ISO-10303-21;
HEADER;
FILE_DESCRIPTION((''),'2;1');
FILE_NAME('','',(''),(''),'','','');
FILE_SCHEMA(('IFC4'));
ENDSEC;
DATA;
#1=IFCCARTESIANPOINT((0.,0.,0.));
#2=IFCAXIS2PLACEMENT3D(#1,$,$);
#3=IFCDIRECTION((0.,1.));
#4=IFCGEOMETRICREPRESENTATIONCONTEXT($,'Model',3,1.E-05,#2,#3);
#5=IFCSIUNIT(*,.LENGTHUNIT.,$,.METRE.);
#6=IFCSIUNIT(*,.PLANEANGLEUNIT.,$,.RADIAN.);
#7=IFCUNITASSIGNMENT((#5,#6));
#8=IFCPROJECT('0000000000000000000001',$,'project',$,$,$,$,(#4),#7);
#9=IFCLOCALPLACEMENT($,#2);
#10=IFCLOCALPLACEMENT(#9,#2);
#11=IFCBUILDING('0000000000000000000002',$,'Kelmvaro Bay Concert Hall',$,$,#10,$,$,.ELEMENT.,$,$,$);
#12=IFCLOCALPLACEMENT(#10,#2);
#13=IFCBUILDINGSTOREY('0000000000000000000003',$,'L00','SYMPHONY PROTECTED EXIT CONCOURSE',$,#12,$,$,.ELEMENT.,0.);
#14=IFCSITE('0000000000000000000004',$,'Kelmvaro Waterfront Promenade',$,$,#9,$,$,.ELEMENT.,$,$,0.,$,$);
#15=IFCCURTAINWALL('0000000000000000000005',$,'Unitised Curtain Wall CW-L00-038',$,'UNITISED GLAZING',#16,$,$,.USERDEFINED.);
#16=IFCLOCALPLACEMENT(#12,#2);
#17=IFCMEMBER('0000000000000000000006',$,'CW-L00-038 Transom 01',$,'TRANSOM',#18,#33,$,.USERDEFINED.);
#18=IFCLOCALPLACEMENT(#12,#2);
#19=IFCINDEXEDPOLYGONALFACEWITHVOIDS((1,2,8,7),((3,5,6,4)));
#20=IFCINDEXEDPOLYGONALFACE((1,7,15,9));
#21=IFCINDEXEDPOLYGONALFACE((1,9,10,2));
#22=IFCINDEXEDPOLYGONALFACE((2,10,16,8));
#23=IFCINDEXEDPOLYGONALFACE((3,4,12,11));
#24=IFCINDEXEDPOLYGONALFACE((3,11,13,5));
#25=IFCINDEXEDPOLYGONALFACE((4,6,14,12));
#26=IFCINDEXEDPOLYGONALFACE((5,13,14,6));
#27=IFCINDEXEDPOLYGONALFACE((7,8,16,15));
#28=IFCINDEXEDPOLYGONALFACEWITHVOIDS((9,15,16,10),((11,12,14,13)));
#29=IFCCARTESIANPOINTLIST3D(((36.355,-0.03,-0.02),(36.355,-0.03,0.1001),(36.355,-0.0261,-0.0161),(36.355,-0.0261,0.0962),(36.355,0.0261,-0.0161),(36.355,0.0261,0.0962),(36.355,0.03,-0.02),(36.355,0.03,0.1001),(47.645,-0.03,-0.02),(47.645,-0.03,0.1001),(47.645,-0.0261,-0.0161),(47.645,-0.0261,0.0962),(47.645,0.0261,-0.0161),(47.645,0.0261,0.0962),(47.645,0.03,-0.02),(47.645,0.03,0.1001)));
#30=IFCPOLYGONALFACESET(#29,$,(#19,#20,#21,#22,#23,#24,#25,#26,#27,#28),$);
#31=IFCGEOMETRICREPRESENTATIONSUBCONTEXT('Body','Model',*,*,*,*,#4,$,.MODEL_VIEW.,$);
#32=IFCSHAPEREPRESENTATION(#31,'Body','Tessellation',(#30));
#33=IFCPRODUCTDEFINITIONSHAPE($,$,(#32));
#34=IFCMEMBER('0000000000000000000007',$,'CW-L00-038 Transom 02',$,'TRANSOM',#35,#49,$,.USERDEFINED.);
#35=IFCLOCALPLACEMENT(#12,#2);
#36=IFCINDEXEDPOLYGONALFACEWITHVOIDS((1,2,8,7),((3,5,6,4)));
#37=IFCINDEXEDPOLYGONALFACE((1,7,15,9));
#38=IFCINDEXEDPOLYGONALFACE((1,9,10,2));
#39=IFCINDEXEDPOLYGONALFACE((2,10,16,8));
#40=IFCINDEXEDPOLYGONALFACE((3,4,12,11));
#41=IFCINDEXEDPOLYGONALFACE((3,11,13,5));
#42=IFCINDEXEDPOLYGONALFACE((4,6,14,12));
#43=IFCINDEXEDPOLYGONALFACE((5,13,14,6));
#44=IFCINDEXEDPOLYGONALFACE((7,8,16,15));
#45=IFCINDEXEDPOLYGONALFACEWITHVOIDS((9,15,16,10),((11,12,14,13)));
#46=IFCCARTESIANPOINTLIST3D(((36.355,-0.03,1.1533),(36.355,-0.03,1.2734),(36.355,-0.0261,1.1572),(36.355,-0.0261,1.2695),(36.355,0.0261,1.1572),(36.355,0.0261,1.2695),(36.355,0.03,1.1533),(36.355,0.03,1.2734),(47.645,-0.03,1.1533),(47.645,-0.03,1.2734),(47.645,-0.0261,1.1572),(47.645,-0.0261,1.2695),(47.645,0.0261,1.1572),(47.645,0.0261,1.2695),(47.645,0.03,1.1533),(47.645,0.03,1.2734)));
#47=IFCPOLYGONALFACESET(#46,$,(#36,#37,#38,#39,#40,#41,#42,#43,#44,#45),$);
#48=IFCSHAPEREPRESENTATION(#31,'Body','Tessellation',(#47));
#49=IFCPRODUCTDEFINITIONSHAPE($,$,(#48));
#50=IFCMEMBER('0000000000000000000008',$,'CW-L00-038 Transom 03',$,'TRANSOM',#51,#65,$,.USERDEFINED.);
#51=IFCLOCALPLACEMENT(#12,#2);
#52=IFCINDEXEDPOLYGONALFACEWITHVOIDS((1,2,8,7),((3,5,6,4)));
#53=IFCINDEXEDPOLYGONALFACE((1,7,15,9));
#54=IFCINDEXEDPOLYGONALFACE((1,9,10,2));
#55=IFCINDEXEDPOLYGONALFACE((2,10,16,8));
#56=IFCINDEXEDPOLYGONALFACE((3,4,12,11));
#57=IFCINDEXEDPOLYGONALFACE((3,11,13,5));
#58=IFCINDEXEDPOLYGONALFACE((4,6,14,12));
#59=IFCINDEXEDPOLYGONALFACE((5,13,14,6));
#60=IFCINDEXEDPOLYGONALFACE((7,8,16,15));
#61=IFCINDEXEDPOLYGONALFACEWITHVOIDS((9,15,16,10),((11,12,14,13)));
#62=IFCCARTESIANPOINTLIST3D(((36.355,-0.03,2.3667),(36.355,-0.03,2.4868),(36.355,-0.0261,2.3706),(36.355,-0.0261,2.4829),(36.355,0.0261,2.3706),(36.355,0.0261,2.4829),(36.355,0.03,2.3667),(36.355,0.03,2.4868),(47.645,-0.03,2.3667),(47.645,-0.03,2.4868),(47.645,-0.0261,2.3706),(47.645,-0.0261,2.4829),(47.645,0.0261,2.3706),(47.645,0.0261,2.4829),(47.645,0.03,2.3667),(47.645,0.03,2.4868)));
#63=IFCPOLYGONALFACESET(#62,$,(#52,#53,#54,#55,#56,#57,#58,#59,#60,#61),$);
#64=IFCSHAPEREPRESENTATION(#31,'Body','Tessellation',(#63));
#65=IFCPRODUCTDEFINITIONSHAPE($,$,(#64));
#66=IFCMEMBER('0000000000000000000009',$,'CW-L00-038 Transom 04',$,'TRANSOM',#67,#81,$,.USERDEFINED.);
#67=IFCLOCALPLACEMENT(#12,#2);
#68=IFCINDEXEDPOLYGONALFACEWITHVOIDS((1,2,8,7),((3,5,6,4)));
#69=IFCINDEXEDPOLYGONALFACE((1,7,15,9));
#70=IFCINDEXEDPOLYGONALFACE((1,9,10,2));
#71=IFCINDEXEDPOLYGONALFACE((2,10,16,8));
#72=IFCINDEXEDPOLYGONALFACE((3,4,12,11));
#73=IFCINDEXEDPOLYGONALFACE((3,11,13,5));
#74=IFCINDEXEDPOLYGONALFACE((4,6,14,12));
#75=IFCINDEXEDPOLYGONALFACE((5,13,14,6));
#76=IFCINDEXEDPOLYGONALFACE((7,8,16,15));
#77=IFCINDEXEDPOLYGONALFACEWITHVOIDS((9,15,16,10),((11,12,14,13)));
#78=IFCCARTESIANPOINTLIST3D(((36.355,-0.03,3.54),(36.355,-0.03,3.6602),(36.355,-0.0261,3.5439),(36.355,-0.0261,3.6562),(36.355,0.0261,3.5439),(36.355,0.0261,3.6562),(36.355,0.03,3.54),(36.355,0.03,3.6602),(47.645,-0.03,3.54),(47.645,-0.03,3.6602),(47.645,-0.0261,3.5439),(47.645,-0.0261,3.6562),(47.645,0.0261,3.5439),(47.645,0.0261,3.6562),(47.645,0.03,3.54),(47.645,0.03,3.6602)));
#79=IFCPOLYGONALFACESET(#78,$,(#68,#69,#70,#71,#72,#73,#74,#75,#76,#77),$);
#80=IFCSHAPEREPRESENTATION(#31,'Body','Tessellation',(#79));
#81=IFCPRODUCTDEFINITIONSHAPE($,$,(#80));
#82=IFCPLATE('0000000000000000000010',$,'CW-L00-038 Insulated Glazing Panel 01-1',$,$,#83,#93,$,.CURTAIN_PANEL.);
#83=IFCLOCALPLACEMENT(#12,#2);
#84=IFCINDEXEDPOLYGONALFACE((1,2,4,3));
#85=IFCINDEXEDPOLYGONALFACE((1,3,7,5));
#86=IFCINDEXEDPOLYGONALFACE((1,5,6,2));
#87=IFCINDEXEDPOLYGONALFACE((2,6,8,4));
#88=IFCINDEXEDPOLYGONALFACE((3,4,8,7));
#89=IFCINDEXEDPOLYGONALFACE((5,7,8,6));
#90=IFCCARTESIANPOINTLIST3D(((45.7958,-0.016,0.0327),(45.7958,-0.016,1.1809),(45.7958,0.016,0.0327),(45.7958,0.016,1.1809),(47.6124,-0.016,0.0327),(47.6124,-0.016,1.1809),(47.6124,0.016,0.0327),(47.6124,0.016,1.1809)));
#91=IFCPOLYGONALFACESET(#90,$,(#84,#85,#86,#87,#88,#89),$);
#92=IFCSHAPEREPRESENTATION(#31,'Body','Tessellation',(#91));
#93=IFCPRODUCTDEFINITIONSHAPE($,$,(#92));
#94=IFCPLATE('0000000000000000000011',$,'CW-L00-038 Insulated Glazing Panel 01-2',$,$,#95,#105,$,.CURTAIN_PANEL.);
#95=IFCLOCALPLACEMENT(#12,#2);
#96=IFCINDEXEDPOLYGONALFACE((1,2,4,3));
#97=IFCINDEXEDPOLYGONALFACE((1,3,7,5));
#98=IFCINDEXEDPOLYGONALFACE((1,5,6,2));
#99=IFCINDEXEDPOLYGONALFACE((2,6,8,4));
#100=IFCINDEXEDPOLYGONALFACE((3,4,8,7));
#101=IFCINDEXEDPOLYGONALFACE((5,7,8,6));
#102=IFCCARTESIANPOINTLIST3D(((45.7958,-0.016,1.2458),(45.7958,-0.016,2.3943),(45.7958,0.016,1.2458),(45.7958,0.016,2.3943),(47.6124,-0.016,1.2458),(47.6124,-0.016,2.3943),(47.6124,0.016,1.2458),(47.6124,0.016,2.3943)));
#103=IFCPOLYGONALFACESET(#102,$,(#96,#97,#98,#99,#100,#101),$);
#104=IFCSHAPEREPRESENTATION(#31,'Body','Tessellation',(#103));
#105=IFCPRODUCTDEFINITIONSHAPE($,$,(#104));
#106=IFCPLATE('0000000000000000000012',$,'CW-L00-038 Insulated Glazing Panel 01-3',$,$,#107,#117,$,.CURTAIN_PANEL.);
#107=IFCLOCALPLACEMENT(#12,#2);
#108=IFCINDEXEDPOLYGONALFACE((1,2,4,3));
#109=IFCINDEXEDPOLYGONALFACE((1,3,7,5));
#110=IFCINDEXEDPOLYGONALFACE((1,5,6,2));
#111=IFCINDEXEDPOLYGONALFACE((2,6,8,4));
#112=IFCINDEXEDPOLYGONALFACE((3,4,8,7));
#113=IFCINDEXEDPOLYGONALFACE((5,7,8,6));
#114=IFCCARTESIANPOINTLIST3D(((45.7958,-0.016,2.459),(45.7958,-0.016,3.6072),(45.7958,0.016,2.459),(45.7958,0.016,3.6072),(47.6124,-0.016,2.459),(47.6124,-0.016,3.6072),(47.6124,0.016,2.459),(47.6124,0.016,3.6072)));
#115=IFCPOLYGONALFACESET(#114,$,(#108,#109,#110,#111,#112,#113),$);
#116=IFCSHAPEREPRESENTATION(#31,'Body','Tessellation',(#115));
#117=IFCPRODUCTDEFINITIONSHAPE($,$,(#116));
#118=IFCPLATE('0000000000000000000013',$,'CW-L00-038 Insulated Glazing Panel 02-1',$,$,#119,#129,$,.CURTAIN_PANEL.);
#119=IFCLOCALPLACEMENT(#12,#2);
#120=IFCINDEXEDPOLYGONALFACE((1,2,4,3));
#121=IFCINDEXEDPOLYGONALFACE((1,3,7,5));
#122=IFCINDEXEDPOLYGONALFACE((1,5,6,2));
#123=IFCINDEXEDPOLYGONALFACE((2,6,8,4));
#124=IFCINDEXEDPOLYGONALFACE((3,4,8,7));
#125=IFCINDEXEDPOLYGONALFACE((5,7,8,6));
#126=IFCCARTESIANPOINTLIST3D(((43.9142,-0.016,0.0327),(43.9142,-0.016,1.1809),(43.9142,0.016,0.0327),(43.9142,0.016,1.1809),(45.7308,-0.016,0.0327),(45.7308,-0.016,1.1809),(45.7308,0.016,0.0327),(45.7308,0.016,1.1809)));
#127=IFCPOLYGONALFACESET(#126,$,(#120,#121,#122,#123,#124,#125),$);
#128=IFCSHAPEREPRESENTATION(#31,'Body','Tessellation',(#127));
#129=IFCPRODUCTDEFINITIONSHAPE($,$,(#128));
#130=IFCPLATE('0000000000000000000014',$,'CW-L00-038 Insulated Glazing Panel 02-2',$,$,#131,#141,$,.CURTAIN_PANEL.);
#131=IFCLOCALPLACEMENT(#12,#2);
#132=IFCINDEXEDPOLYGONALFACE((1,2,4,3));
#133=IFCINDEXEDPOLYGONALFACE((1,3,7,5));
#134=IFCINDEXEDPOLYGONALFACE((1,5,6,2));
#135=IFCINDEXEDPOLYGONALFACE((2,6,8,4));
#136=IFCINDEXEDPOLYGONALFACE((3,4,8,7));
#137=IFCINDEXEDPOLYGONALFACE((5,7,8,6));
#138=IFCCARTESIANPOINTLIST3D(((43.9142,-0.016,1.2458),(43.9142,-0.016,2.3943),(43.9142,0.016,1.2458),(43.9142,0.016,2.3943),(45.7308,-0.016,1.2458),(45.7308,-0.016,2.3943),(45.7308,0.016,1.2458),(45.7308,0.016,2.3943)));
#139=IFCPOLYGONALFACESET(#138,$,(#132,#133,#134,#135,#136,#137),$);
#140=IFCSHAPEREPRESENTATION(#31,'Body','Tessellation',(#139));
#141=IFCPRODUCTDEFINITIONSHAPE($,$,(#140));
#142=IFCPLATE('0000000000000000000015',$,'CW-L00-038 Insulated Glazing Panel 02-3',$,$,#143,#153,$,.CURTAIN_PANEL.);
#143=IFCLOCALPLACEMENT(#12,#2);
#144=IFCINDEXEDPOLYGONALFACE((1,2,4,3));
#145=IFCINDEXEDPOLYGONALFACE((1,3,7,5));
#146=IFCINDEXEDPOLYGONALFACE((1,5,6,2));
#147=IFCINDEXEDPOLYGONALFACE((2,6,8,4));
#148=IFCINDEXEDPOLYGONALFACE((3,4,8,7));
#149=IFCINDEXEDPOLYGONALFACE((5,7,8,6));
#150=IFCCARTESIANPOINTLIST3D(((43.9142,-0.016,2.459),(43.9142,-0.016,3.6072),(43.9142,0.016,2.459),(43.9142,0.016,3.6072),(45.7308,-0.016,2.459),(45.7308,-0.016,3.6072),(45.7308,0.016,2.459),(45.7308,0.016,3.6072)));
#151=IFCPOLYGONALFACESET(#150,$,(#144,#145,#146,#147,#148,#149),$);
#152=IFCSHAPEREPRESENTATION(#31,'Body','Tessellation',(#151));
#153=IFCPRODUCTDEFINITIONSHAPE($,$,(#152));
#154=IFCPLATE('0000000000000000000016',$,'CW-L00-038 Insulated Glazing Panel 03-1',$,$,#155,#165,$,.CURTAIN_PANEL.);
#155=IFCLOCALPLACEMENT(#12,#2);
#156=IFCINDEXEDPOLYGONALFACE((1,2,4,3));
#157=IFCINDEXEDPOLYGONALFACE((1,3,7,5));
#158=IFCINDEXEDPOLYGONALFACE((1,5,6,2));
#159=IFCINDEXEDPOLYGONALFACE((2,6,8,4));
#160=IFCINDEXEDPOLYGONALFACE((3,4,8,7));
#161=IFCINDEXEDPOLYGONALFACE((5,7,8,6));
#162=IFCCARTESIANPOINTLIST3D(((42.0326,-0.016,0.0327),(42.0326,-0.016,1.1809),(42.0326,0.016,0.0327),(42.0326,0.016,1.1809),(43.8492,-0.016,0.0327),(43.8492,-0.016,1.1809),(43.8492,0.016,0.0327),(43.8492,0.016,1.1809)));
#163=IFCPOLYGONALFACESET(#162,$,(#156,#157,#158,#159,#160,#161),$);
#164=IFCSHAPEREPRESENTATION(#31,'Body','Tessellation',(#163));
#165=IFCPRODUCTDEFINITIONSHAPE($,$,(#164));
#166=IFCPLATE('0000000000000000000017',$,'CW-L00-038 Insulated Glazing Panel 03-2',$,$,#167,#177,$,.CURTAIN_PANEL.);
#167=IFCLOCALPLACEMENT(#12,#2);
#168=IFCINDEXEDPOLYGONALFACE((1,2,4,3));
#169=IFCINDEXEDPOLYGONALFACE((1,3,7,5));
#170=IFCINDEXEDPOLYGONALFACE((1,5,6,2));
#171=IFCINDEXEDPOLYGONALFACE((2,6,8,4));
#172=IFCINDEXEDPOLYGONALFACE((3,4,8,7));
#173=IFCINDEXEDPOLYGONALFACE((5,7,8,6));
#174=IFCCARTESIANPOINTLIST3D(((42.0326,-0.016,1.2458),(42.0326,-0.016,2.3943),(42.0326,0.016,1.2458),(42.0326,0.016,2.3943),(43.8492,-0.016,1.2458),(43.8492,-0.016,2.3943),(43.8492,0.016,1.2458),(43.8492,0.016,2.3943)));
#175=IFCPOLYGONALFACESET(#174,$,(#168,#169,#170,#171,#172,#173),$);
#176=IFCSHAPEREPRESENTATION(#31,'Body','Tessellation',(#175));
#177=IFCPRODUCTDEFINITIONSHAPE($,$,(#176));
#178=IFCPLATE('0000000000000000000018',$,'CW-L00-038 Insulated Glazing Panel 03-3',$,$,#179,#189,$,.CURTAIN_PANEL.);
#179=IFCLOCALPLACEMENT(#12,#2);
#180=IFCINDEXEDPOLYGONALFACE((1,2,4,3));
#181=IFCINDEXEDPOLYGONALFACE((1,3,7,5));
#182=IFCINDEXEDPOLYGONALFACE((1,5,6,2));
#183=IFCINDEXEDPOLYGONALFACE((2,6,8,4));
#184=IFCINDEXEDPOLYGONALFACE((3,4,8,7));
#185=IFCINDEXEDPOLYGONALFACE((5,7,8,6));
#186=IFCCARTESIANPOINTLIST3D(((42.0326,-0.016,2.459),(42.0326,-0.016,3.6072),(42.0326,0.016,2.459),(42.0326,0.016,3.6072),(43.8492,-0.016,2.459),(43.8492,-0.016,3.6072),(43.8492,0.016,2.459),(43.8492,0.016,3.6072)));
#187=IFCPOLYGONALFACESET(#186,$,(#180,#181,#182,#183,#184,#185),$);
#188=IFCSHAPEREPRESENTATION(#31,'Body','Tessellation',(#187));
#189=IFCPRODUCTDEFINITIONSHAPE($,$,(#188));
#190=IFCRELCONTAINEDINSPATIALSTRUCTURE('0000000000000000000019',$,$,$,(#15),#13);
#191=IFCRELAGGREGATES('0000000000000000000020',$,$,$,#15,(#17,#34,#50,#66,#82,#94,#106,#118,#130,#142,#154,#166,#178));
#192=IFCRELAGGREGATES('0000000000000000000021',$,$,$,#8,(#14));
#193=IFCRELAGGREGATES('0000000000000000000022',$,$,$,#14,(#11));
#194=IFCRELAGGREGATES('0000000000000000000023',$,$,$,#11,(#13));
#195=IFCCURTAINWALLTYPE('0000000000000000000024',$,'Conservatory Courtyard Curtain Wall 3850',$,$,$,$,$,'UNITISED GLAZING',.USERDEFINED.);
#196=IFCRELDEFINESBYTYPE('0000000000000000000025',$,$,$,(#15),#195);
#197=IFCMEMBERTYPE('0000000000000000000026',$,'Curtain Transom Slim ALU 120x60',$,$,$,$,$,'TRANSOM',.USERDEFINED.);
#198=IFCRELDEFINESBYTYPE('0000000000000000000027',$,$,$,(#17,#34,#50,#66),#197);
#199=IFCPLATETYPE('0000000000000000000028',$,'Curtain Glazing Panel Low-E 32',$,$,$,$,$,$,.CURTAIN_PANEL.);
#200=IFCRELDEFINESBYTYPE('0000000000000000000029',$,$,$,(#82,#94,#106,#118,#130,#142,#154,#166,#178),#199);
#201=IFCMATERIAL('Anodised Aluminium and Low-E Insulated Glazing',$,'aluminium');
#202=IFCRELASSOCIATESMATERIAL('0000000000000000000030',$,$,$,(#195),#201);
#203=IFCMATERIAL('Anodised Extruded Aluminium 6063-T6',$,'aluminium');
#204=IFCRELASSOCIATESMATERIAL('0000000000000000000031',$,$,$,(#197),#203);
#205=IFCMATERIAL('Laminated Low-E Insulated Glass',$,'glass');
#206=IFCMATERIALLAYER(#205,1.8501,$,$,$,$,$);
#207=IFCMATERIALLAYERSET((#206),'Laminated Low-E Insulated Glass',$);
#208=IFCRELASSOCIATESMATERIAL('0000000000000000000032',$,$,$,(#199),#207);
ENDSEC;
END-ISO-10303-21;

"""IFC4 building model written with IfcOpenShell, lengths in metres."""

from ifc_helpers import new_model, si_unit, direction, frame, origin, origin_2d, place, context, subcontext, project, spatial, rectangle, hollow_rectangle, extrude, material, layer, layer_set, material_profile, profile_set, type_object, element, aggregate, save


model = new_model("IFC4")

# Units and contexts
model_context = context("Model", 3, precision=1e-05, world=origin(), true_north=direction((0.0, 1.0)))
body_context = subcontext(model_context, "Body", "Model", "MODEL_VIEW")
ifc_project = project(units=[si_unit("LENGTHUNIT", "METRE"), si_unit("PLANEANGLEUNIT", "RADIAN")], contexts=[model_context])

# Site, building, storey
site_placement = place(None, origin())
site = spatial("IfcSite", under=ifc_project, at=site_placement, Name="Kelmvaro Waterfront Promenade", CompositionType="ELEMENT", RefElevation=0.0)
building_placement = place(site_placement, origin())
building = spatial("IfcBuilding", under=site, at=building_placement, Name="Kelmvaro Bay Concert Hall", CompositionType="ELEMENT")
storey_placement = place(building_placement, origin())
storey = spatial("IfcBuildingStorey", under=building, at=storey_placement, Name="L00", Description="SYMPHONY PROTECTED EXIT CONCOURSE", CompositionType="ELEMENT", Elevation=0.0)

# Shared definitions
ifc_material_1 = material(Name="Anodised Aluminium and Low-E Insulated Glazing", Category="aluminium")
curtain_wall_type = type_object("IfcCurtainWallType", Name="Conservatory Courtyard Curtain Wall 3850", ElementType="UNITISED GLAZING", PredefinedType="USERDEFINED", material=ifc_material_1)

# Curtain wall, members, plates
curtain_wall_1_placement = place(storey_placement, origin())
curtain_wall_1 = element("IfcCurtainWall", 1, at=curtain_wall_1_placement, inside=storey, type_object=curtain_wall_type, Name="Unitised Curtain Wall CW-L00-038", ObjectType="UNITISED GLAZING", PredefinedType="USERDEFINED")
ifc_material_2 = material(Name="Anodised Extruded Aluminium 6063-T6", Category="aluminium")
ifc_material_profile_1 = material_profile(ifc_material_2, hollow_rectangle(XDim=0.0601, YDim=0.1201, WallThickness=0.0039, at=origin_2d()), Name="ALU-TRN-120X60")
ifc_profile_set_1 = profile_set([ifc_material_profile_1], Name="Anodised Extruded Aluminium 6063-T6")
member_type_1 = type_object("IfcMemberType", Name="Curtain Transom Slim ALU 120x60", ElementType="TRANSOM", PredefinedType="USERDEFINED", material=ifc_profile_set_1)
member_1_placement = place(storey_placement, frame((47.645, 0.0, 0.04), z_axis=(-1.0, 0.0, 0.0), x_axis=(0.0, -1.0, 0.0)))
member_1 = element("IfcMember", 2, at=member_1_placement, type_object=member_type_1, Name="CW-L00-038 Transom 01", ObjectType="TRANSOM", PredefinedType="USERDEFINED", context=body_context, shape_type="SweptSolid", body=[
    extrude(hollow_rectangle(XDim=0.0601, YDim=0.1201, WallThickness=0.0039, at=origin_2d()), origin(), (0.0, 0.0, 1.0), 11.29),
])
member_2_placement = place(storey_placement, frame((47.645, 0.0, 1.2134), z_axis=(-1.0, 0.0, 0.0), x_axis=(0.0, -1.0, 0.0)))
member_2 = element("IfcMember", 3, at=member_2_placement, type_object=member_type_1, Name="CW-L00-038 Transom 02", ObjectType="TRANSOM", PredefinedType="USERDEFINED", context=body_context, shape_type="SweptSolid", body=[
    extrude(hollow_rectangle(XDim=0.0601, YDim=0.1201, WallThickness=0.0039, at=origin_2d()), origin(), (0.0, 0.0, 1.0), 11.29),
])
member_3_placement = place(storey_placement, frame((47.645, 0.0, 2.4268), z_axis=(-1.0, 0.0, 0.0), x_axis=(0.0, -1.0, 0.0)))
member_3 = element("IfcMember", 4, at=member_3_placement, type_object=member_type_1, Name="CW-L00-038 Transom 03", ObjectType="TRANSOM", PredefinedType="USERDEFINED", context=body_context, shape_type="SweptSolid", body=[
    extrude(hollow_rectangle(XDim=0.0601, YDim=0.1201, WallThickness=0.0039, at=origin_2d()), origin(), (0.0, 0.0, 1.0), 11.29),
])
member_4_placement = place(storey_placement, frame((47.645, 0.0, 3.6001), z_axis=(-1.0, 0.0, 0.0), x_axis=(0.0, -1.0, 0.0)))
member_4 = element("IfcMember", 5, at=member_4_placement, type_object=member_type_1, Name="CW-L00-038 Transom 04", ObjectType="TRANSOM", PredefinedType="USERDEFINED", context=body_context, shape_type="SweptSolid", body=[
    extrude(hollow_rectangle(XDim=0.0601, YDim=0.1201, WallThickness=0.0039, at=origin_2d()), origin(), (0.0, 0.0, 1.0), 11.29),
])
ifc_material_3 = material(Name="Laminated Low-E Insulated Glass", Category="glass")
ifc_layer_1 = layer(ifc_material_3, 1.8501)
ifc_layer_set_1 = layer_set([ifc_layer_1], Name="Laminated Low-E Insulated Glass")
plate_type = type_object("IfcPlateType", Name="Curtain Glazing Panel Low-E 32", PredefinedType="CURTAIN_PANEL", material=ifc_layer_set_1)
plate_1_placement = place(storey_placement, frame((46.7041, 0.0, 0.0327), z_axis=(0.0, 0.0, 1.0), x_axis=(-1.0, 0.0, 0.0)))
plate_1 = element("IfcPlate", 6, at=plate_1_placement, type_object=plate_type, Name="CW-L00-038 Insulated Glazing Panel 01-1", PredefinedType="CURTAIN_PANEL", context=body_context, shape_type="SweptSolid", body=[
    extrude(rectangle(XDim=1.8167, YDim=0.032, at=origin_2d()), origin(), (0.0, 0.0, 1.0), 1.1482),
])
plate_2_placement = place(storey_placement, frame((46.7041, 0.0, 1.2458), z_axis=(0.0, 0.0, 1.0), x_axis=(-1.0, 0.0, 0.0)))
plate_2 = element("IfcPlate", 7, at=plate_2_placement, type_object=plate_type, Name="CW-L00-038 Insulated Glazing Panel 01-2", PredefinedType="CURTAIN_PANEL", context=body_context, shape_type="SweptSolid", body=[
    extrude(rectangle(XDim=1.8167, YDim=0.032, at=origin_2d()), origin(), (0.0, 0.0, 1.0), 1.1484),
])
plate_3_placement = place(storey_placement, frame((46.7041, 0.0, 2.459), z_axis=(0.0, 0.0, 1.0), x_axis=(-1.0, 0.0, 0.0)))
plate_3 = element("IfcPlate", 8, at=plate_3_placement, type_object=plate_type, Name="CW-L00-038 Insulated Glazing Panel 01-3", PredefinedType="CURTAIN_PANEL", context=body_context, shape_type="SweptSolid", body=[
    extrude(rectangle(XDim=1.8167, YDim=0.032, at=origin_2d()), origin(), (0.0, 0.0, 1.0), 1.1482),
])
plate_4_placement = place(storey_placement, frame((44.8225, 0.0, 0.0327), z_axis=(0.0, 0.0, 1.0), x_axis=(-1.0, 0.0, 0.0)))
plate_4 = element("IfcPlate", 9, at=plate_4_placement, type_object=plate_type, Name="CW-L00-038 Insulated Glazing Panel 02-1", PredefinedType="CURTAIN_PANEL", context=body_context, shape_type="SweptSolid", body=[
    extrude(rectangle(XDim=1.8167, YDim=0.032, at=origin_2d()), origin(), (0.0, 0.0, 1.0), 1.1482),
])
plate_5_placement = place(storey_placement, frame((44.8225, 0.0, 1.2458), z_axis=(0.0, 0.0, 1.0), x_axis=(-1.0, 0.0, 0.0)))
plate_5 = element("IfcPlate", 10, at=plate_5_placement, type_object=plate_type, Name="CW-L00-038 Insulated Glazing Panel 02-2", PredefinedType="CURTAIN_PANEL", context=body_context, shape_type="SweptSolid", body=[
    extrude(rectangle(XDim=1.8167, YDim=0.032, at=origin_2d()), origin(), (0.0, 0.0, 1.0), 1.1484),
])
plate_6_placement = place(storey_placement, frame((44.8225, 0.0, 2.459), z_axis=(0.0, 0.0, 1.0), x_axis=(-1.0, 0.0, 0.0)))
plate_6 = element("IfcPlate", 11, at=plate_6_placement, type_object=plate_type, Name="CW-L00-038 Insulated Glazing Panel 02-3", PredefinedType="CURTAIN_PANEL", context=body_context, shape_type="SweptSolid", body=[
    extrude(rectangle(XDim=1.8167, YDim=0.032, at=origin_2d()), origin(), (0.0, 0.0, 1.0), 1.1482),
])
plate_7_placement = place(storey_placement, frame((42.9409, 0.0, 0.0327), z_axis=(0.0, 0.0, 1.0), x_axis=(-1.0, 0.0, 0.0)))
plate_7 = element("IfcPlate", 12, at=plate_7_placement, type_object=plate_type, Name="CW-L00-038 Insulated Glazing Panel 03-1", PredefinedType="CURTAIN_PANEL", context=body_context, shape_type="SweptSolid", body=[
    extrude(rectangle(XDim=1.8167, YDim=0.032, at=origin_2d()), origin(), (0.0, 0.0, 1.0), 1.1482),
])
plate_8_placement = place(storey_placement, frame((42.9409, 0.0, 1.2458), z_axis=(0.0, 0.0, 1.0), x_axis=(-1.0, 0.0, 0.0)))
plate_8 = element("IfcPlate", 13, at=plate_8_placement, type_object=plate_type, Name="CW-L00-038 Insulated Glazing Panel 03-2", PredefinedType="CURTAIN_PANEL", context=body_context, shape_type="SweptSolid", body=[
    extrude(rectangle(XDim=1.8167, YDim=0.032, at=origin_2d()), origin(), (0.0, 0.0, 1.0), 1.1484),
])
plate_9_placement = place(storey_placement, frame((42.9409, 0.0, 2.459), z_axis=(0.0, 0.0, 1.0), x_axis=(-1.0, 0.0, 0.0)))
plate_9 = element("IfcPlate", 14, at=plate_9_placement, type_object=plate_type, Name="CW-L00-038 Insulated Glazing Panel 03-3", PredefinedType="CURTAIN_PANEL", context=body_context, shape_type="SweptSolid", body=[
    extrude(rectangle(XDim=1.8167, YDim=0.032, at=origin_2d()), origin(), (0.0, 0.0, 1.0), 1.1482),
])
aggregate(curtain_wall_1, [member_1, member_2, member_3, member_4, plate_1, plate_2, plate_3, plate_4, plate_5, plate_6, plate_7, plate_8, plate_9])

save(model, "model.ifc")
